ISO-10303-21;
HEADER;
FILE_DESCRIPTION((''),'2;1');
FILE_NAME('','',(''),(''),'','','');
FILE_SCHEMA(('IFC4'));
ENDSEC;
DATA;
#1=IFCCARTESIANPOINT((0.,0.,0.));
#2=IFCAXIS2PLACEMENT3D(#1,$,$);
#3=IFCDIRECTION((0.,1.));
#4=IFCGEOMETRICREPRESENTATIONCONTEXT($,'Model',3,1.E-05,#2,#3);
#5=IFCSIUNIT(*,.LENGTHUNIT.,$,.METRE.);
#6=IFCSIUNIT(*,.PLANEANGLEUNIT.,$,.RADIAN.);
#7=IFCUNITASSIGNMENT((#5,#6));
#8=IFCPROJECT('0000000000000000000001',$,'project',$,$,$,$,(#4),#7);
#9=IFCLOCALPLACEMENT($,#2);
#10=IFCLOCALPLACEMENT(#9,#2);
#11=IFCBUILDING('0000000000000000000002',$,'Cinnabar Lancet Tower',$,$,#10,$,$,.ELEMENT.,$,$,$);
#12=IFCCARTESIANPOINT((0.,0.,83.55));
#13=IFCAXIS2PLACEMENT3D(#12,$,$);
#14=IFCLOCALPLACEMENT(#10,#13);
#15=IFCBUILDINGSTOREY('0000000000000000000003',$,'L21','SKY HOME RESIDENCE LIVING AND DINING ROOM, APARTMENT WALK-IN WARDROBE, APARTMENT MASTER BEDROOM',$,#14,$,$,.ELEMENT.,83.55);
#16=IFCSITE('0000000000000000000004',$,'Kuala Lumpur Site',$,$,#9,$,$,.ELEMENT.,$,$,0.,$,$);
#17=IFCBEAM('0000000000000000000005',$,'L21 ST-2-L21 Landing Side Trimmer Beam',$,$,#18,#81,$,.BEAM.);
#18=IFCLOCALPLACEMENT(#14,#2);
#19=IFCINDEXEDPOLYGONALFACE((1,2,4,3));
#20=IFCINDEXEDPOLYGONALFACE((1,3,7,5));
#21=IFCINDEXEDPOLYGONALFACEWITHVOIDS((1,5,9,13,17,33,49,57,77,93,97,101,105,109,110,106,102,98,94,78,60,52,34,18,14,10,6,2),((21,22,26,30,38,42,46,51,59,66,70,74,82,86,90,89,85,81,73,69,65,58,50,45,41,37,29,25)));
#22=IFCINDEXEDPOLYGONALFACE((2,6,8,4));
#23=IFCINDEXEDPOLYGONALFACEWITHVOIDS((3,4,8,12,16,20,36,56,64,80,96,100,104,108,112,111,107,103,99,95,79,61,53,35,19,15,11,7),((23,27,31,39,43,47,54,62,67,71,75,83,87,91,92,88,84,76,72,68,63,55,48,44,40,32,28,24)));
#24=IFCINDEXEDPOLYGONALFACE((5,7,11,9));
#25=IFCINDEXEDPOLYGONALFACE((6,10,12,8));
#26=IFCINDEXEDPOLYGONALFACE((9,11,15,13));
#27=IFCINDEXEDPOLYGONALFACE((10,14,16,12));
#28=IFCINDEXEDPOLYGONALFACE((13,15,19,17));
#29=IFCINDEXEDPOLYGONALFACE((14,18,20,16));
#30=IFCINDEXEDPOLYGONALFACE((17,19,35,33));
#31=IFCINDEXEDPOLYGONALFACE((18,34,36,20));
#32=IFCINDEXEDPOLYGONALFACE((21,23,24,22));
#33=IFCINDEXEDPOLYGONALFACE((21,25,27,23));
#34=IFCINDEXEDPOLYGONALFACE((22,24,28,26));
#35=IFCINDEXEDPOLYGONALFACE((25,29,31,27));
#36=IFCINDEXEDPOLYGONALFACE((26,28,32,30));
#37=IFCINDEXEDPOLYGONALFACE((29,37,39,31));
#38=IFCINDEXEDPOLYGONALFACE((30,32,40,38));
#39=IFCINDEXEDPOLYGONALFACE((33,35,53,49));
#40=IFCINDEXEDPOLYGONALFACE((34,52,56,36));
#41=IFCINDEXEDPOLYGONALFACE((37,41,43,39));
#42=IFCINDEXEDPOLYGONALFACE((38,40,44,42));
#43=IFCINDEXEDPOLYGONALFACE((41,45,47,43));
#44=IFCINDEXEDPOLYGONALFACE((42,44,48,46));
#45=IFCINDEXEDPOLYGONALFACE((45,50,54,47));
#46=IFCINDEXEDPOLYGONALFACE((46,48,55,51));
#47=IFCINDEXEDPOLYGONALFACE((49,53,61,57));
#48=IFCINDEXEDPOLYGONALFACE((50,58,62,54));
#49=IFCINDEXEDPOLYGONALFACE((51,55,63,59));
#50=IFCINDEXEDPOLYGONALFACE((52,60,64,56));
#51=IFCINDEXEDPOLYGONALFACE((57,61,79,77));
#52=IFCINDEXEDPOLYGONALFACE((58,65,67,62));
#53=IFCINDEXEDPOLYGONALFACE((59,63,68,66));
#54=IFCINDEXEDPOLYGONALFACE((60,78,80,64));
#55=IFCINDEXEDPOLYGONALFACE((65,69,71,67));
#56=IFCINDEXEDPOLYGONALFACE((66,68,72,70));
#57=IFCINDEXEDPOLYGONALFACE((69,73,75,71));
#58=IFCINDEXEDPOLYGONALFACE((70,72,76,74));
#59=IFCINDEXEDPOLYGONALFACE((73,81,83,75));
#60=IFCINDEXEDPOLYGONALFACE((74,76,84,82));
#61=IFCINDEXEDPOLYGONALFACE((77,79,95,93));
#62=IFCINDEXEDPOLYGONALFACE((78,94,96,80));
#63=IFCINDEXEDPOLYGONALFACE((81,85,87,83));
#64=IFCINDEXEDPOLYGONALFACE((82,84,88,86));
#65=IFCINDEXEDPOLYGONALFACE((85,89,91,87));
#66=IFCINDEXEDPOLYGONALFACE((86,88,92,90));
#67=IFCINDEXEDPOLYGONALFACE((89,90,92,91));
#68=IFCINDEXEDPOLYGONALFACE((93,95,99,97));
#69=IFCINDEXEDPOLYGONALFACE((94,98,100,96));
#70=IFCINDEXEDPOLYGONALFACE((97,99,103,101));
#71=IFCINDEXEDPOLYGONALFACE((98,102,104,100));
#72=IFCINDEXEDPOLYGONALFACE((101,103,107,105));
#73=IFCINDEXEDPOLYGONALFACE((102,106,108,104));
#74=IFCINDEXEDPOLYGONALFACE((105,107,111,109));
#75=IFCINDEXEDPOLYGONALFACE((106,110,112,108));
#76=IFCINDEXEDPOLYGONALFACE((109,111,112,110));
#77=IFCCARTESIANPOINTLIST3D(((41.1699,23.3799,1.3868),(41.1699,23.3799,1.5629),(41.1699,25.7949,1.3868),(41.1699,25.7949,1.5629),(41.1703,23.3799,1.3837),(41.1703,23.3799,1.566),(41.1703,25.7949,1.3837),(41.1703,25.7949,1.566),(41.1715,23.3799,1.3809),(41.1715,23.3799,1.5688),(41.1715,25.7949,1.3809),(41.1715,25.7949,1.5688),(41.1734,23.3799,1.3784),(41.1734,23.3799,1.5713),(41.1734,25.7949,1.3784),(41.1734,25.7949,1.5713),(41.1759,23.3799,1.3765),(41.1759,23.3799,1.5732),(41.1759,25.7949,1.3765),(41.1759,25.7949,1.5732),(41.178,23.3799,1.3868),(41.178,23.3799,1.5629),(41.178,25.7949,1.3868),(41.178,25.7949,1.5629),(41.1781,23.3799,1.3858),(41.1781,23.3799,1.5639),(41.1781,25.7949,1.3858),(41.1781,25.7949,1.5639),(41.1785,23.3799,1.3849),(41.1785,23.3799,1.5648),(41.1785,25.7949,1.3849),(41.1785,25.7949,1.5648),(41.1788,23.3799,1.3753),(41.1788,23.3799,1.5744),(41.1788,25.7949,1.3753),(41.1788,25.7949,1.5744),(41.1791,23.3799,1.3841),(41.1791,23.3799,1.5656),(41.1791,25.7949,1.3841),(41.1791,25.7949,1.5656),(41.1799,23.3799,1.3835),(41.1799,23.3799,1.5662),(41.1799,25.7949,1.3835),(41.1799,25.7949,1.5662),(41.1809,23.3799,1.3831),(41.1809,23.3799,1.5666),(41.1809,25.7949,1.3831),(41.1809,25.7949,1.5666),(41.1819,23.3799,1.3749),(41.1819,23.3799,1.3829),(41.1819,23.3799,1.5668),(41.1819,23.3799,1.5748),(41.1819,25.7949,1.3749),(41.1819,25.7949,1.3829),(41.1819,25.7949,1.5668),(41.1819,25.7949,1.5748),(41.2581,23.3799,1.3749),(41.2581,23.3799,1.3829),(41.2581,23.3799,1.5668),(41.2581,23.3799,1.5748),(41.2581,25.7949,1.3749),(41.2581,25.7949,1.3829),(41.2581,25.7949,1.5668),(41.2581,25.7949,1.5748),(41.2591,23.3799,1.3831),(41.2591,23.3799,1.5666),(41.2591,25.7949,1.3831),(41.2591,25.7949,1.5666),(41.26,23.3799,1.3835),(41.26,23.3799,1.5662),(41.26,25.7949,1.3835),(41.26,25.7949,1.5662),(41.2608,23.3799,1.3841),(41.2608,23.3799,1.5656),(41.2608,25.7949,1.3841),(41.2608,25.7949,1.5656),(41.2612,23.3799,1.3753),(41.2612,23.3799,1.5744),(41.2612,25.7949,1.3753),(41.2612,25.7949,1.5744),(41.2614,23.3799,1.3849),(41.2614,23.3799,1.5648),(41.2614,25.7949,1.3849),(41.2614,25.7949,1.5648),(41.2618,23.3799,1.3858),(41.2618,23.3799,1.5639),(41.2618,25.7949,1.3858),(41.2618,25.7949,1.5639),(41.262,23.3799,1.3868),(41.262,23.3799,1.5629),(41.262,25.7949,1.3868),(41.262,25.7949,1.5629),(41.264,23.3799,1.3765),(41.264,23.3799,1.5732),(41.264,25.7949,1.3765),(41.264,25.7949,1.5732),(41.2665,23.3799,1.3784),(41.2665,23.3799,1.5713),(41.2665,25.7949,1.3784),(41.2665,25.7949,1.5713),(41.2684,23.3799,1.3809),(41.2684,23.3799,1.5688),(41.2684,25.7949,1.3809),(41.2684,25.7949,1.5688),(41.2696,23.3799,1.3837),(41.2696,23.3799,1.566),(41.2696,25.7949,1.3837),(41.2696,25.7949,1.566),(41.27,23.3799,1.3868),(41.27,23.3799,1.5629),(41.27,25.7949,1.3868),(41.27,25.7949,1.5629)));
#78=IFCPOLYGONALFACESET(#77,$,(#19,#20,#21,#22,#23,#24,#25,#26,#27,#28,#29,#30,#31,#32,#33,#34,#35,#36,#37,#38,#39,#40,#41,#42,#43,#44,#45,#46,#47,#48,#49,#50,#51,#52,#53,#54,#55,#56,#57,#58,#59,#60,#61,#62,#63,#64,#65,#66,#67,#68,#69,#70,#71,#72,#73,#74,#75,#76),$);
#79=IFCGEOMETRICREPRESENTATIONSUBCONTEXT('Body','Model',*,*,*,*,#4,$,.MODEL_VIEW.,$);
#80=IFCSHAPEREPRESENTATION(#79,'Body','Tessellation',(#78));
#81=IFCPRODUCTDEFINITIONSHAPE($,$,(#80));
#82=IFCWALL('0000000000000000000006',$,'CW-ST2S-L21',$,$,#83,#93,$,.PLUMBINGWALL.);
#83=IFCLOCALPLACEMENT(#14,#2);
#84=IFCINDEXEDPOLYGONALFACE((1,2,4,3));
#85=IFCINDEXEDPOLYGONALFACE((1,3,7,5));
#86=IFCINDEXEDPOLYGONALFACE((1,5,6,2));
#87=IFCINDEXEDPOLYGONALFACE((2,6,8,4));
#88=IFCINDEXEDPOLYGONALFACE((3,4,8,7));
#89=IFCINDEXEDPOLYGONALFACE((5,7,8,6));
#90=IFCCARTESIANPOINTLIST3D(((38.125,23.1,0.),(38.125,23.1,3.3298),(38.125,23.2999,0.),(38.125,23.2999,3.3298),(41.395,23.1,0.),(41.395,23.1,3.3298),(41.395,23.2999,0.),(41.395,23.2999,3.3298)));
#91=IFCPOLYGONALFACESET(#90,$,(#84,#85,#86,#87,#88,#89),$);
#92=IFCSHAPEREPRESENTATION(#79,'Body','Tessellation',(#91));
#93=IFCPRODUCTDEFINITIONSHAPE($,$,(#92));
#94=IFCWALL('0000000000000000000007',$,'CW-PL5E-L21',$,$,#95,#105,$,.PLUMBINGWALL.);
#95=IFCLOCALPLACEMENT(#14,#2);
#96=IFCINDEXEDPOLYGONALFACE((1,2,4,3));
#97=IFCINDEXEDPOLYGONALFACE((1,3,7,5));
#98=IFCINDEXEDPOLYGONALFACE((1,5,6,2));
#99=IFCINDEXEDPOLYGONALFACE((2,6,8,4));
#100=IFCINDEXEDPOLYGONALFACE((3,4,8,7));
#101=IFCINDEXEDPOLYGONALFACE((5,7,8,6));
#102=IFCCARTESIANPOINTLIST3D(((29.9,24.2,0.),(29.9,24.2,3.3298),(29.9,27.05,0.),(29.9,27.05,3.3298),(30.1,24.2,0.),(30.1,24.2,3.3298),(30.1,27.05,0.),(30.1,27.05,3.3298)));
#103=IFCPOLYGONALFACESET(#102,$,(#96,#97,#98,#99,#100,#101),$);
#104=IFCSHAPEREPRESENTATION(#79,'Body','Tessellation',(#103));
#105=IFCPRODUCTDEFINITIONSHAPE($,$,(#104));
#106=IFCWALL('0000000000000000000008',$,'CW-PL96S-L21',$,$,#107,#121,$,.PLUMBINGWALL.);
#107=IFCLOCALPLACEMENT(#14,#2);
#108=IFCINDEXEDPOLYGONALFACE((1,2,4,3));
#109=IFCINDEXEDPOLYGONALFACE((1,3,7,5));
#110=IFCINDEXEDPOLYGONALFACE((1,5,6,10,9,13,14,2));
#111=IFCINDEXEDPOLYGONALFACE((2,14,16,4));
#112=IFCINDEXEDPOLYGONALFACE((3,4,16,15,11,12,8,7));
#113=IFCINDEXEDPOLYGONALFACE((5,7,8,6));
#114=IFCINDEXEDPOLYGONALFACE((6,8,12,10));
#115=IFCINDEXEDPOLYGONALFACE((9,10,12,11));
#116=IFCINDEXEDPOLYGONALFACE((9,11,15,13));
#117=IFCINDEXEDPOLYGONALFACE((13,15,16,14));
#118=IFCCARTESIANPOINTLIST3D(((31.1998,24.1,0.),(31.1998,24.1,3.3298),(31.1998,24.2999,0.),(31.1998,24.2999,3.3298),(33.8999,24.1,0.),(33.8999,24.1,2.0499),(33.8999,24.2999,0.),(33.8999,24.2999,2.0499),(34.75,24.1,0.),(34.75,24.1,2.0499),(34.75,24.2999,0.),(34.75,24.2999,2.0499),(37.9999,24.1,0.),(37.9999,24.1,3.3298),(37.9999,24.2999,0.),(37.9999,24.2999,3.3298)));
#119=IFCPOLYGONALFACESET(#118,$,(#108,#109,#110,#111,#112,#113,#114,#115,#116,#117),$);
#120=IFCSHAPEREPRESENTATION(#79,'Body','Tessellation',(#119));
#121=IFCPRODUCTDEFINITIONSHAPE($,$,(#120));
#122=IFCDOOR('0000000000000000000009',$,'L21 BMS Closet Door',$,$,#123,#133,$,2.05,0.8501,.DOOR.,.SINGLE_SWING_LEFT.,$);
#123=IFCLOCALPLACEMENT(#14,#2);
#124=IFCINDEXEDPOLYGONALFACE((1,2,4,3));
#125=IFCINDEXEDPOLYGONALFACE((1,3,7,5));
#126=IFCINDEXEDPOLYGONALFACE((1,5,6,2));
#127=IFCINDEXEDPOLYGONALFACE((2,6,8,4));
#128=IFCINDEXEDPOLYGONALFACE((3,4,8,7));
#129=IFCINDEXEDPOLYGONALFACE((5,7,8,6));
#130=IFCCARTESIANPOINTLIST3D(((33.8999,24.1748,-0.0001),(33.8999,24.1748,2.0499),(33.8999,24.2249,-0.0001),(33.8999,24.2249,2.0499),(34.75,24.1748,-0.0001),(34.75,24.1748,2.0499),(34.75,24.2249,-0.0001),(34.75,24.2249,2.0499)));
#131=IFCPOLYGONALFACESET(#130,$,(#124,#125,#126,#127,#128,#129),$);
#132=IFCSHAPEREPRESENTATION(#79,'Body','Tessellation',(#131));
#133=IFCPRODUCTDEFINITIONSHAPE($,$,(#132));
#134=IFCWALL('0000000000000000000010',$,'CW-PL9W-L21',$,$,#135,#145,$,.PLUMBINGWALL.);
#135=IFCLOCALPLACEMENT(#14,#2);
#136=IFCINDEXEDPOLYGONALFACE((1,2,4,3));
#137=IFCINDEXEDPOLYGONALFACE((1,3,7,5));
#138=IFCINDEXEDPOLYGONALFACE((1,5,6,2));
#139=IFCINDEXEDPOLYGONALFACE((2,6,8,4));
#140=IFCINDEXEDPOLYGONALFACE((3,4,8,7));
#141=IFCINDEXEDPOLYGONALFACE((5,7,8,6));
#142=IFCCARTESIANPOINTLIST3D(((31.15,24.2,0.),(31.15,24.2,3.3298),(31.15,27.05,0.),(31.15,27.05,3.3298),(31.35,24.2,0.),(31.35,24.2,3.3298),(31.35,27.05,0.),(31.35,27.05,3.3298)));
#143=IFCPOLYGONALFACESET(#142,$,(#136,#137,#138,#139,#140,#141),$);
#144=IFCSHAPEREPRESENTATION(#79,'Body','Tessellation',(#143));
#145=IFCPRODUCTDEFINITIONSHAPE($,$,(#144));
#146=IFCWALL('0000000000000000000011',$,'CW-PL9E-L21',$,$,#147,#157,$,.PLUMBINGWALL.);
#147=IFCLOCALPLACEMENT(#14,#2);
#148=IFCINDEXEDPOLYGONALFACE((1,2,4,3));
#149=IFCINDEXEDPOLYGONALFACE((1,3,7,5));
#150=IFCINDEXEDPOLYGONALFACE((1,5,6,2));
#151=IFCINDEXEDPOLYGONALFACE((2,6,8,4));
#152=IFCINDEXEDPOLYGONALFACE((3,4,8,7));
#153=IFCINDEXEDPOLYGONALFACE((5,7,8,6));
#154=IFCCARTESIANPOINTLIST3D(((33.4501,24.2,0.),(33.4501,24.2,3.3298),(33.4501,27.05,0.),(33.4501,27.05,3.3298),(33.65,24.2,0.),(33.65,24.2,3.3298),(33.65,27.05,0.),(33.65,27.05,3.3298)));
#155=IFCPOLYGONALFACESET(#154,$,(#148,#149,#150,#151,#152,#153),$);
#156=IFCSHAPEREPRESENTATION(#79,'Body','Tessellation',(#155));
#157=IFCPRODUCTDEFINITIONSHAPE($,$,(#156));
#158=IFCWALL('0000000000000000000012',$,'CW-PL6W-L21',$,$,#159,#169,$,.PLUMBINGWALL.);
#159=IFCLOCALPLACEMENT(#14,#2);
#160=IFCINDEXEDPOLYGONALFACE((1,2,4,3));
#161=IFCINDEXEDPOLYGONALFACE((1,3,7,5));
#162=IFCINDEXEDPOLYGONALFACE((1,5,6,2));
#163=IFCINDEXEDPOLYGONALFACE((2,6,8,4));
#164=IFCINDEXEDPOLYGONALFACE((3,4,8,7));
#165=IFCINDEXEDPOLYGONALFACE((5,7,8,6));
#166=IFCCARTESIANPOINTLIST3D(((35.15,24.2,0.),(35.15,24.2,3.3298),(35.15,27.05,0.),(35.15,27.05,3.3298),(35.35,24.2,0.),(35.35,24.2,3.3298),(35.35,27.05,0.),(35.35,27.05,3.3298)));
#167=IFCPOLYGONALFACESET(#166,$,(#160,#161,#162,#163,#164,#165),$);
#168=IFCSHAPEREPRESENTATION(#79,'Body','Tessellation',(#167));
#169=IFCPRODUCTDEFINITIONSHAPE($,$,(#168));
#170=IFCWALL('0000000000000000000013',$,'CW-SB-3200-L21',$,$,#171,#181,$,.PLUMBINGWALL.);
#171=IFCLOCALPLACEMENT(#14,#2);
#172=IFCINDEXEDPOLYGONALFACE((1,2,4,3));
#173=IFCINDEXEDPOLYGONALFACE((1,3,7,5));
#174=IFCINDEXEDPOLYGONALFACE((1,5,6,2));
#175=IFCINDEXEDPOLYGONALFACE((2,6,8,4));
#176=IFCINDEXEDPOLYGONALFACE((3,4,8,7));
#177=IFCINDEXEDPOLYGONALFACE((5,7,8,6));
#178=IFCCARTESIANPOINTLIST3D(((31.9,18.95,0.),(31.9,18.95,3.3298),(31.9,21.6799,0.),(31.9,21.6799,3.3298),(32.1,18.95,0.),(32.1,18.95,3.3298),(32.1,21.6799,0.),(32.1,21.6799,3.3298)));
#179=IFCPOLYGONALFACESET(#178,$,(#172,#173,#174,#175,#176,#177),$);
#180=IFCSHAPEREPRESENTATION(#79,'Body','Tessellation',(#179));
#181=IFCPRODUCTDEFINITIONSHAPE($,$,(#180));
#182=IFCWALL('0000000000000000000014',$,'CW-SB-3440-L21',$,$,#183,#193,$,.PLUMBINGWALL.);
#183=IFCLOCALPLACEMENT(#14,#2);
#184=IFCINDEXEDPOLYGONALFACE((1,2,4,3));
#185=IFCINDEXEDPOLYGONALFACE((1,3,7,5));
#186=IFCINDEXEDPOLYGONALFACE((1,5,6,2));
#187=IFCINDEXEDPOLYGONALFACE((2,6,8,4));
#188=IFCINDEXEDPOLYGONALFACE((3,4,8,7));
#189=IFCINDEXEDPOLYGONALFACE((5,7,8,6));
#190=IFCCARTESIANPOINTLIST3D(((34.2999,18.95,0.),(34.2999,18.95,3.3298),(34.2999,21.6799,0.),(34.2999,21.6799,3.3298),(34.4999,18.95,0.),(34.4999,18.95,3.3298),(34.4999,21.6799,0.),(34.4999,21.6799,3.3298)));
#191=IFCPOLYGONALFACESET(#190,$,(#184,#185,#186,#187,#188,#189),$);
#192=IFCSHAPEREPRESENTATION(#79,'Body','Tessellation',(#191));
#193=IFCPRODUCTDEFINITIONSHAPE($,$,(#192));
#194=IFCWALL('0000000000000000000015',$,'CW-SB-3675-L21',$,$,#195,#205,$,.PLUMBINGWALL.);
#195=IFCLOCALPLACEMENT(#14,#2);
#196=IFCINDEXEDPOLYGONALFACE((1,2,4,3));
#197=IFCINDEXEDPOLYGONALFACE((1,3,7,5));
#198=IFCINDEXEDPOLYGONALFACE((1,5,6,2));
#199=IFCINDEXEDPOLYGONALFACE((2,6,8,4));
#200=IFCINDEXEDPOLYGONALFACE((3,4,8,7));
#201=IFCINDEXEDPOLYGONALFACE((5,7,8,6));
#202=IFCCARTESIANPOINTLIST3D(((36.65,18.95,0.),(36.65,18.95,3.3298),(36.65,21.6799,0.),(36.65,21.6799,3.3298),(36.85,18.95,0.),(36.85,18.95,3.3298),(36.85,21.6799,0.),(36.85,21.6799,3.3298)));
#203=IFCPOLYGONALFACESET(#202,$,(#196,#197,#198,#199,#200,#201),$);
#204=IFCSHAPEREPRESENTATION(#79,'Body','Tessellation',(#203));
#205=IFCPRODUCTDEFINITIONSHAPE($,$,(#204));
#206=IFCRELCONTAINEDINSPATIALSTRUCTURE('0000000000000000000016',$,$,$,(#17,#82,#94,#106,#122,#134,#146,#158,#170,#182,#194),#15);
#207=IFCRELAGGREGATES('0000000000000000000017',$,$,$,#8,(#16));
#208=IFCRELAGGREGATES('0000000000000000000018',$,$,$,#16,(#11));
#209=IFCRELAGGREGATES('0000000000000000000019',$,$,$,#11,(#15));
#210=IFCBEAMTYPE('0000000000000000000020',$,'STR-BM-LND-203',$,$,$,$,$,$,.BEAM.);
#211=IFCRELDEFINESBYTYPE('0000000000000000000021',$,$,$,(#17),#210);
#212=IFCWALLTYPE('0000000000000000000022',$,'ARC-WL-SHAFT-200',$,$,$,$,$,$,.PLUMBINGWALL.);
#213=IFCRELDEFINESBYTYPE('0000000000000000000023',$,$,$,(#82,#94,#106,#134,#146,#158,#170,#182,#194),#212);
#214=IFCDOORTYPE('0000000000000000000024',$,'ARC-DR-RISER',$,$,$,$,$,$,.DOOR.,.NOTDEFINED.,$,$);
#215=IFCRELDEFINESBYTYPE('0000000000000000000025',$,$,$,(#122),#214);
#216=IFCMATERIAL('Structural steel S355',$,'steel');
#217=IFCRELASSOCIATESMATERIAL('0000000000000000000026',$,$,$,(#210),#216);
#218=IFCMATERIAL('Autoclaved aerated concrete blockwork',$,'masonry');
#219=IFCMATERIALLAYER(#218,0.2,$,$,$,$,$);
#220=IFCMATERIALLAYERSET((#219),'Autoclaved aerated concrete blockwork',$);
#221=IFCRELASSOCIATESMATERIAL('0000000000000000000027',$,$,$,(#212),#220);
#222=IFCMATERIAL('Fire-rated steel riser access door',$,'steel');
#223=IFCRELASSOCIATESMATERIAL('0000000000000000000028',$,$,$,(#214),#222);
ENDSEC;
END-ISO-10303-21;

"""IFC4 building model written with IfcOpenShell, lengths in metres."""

from ifc_helpers import new_model, si_unit, direction, frame, frame_2d, origin, origin_2d, place, context, subcontext, project, spatial, rectangle, hollow_rectangle, extrude, material, layer, layer_set, material_profile, profile_set, type_object, element, fill, save


model = new_model("IFC4")

# Units and contexts
model_context = context("Model", 3, precision=1e-05, world=origin(), true_north=direction((0.0, 1.0)))
body_context = subcontext(model_context, "Body", "Model", "MODEL_VIEW")
ifc_project = project(units=[si_unit("LENGTHUNIT", "METRE"), si_unit("PLANEANGLEUNIT", "RADIAN")], contexts=[model_context])

# Site, building, storey
site_placement = place(None, origin())
site = spatial("IfcSite", under=ifc_project, at=site_placement, Name="Kuala Lumpur Site", CompositionType="ELEMENT", RefElevation=0.0)
building_placement = place(site_placement, origin())
building = spatial("IfcBuilding", under=site, at=building_placement, Name="Cinnabar Lancet Tower", CompositionType="ELEMENT")
storey_placement = place(building_placement, frame((0.0, 0.0, 83.55)))
storey = spatial("IfcBuildingStorey", under=building, at=storey_placement, Name="L21", Description="SKY HOME RESIDENCE LIVING AND DINING ROOM, APARTMENT WALK-IN WARDROBE, APARTMENT MASTER BEDROOM", CompositionType="ELEMENT", Elevation=83.55)

# Beam
ifc_material_1 = material(Name="Structural steel S355", Category="steel")
ifc_material_profile_1 = material_profile(ifc_material_1, hollow_rectangle(XDim=0.1001, YDim=0.2, WallThickness=0.0081, InnerFilletRadius=0.0039, OuterFilletRadius=0.012, at=origin_2d()), Name="RHS 200x100x8")
ifc_profile_set_1 = profile_set([ifc_material_profile_1], Name="Structural steel S355")
beam_type = type_object("IfcBeamType", Name="STR-BM-LND-203", PredefinedType="BEAM", material=ifc_profile_set_1)
beam_placement = place(storey_placement, frame((41.22, 23.3799, 1.4749), z_axis=(0.0, 1.0, 0.0), x_axis=(-1.0, 0.0, 0.0)))
element("IfcBeam", 1, at=beam_placement, inside=storey, type_object=beam_type, Name="L21 ST-2-L21 Landing Side Trimmer Beam", PredefinedType="BEAM", context=body_context, shape_type="SweptSolid", body=[
    extrude(hollow_rectangle(XDim=0.1001, YDim=0.2, WallThickness=0.0081, InnerFilletRadius=0.0039, OuterFilletRadius=0.012, at=origin_2d()), origin(), (0.0, 0.0, 1.0), 2.415),
])

# Walls
ifc_material_2 = material(Name="Autoclaved aerated concrete blockwork", Category="masonry")
ifc_layer_1 = layer(ifc_material_2, 0.2)
ifc_layer_set_1 = layer_set([ifc_layer_1], Name="Autoclaved aerated concrete blockwork")
wall_type_1 = type_object("IfcWallType", Name="ARC-WL-SHAFT-200", PredefinedType="PLUMBINGWALL", material=ifc_layer_set_1)
wall_1_placement = place(storey_placement, frame((38.125, 23.2, 0.0), z_axis=(0.0, 0.0, 1.0), x_axis=(1.0, 0.0, 0.0)))
element("IfcWall", 2, at=wall_1_placement, inside=storey, type_object=wall_type_1, Name="CW-ST2S-L21", PredefinedType="PLUMBINGWALL", context=body_context, shape_type="SweptSolid", body=[
    extrude(rectangle(XDim=3.27, YDim=0.2, at=frame_2d((1.635, 0.0))), origin(), (0.0, 0.0, 1.0), 3.3298),
])
wall_2_placement = place(storey_placement, frame((30.0, 24.2, 0.0), z_axis=(0.0, 0.0, 1.0), x_axis=(0.0, 1.0, 0.0)))
element("IfcWall", 3, at=wall_2_placement, inside=storey, type_object=wall_type_1, Name="CW-PL5E-L21", PredefinedType="PLUMBINGWALL", context=body_context, shape_type="SweptSolid", body=[
    extrude(rectangle(XDim=2.8501, YDim=0.2, at=frame_2d((1.425, 0.0))), origin(), (0.0, 0.0, 1.0), 3.3298),
])

# Wall, opening, door
wall_3_placement = place(storey_placement, frame((31.2, 24.2, 0.0), z_axis=(0.0, 0.0, 1.0), x_axis=(1.0, 0.0, 0.0)))
wall_3 = element("IfcWall", 4, at=wall_3_placement, inside=storey, type_object=wall_type_1, Name="CW-PL96S-L21", PredefinedType="PLUMBINGWALL", context=body_context, shape_type="SweptSolid", body=[
    extrude(rectangle(XDim=6.8, YDim=0.2, at=frame_2d((3.3999, 0.0))), origin(), (0.0, 0.0, 1.0), 3.3298),
])
opening_1_placement = place(wall_3_placement, frame((2.7, 0.0, 0.0)))
opening_1 = element("IfcOpeningElement", 5, at=opening_1_placement, cuts=wall_3, PredefinedType="OPENING", context=body_context, shape_type="SweptSolid", body=[
    extrude(rectangle(XDim=0.8501, YDim=2.05, at=frame_2d((0.425, 1.0249))), frame((0.0, 0.1099, 0.0), z_axis=(0.0, -1.0, 0.0), x_axis=(1.0, 0.0, 0.0)), (0.0, 0.0, 1.0), 0.22),
])
ifc_material_3 = material(Name="Fire-rated steel riser access door", Category="steel")
door_type_1 = type_object("IfcDoorType", Name="ARC-DR-RISER", OperationType="NOTDEFINED", PredefinedType="DOOR", material=ifc_material_3)
door_1_placement = place(opening_1_placement, origin())
door_1 = element("IfcDoor", 6, at=door_1_placement, inside=storey, type_object=door_type_1, Name="L21 BMS Closet Door", OperationType="SINGLE_SWING_LEFT", OverallHeight=2.05, OverallWidth=0.8501, PredefinedType="DOOR", context=body_context, shape_type="SweptSolid", body=[
    extrude(rectangle(XDim=0.8501, YDim=2.05, at=frame_2d((0.425, 1.0249))), frame((0.0, 0.0249, 0.0), z_axis=(0.0, -1.0, 0.0), x_axis=(1.0, 0.0, 0.0)), (0.0, 0.0, 1.0), 0.05),
])
fill(opening_1, door_1)

# Walls
for number, where, z_axis, x_axis, name in (
    (7, (31.25, 24.2, 0.0), (0.0, 0.0, 1.0), (0.0, 1.0, 0.0), "CW-PL9W-L21"),
    (8, (33.55, 24.2, 0.0), (0.0, 0.0, 1.0), (0.0, 1.0, 0.0), "CW-PL9E-L21"),
    (9, (35.25, 24.2, 0.0), (0.0, 0.0, 1.0), (0.0, 1.0, 0.0), "CW-PL6W-L21"),
):
    element("IfcWall", number, at=place(storey_placement, frame(where, z_axis=z_axis, x_axis=x_axis)), inside=storey, type_object=wall_type_1, Name=name, PredefinedType="PLUMBINGWALL", context=body_context, shape_type="SweptSolid", body=[
        extrude(rectangle(XDim=2.8501, YDim=0.2, at=frame_2d((1.425, 0.0))), origin(), (0.0, 0.0, 1.0), 3.3298),
    ])
for number, where, z_axis, x_axis, name in (
    (10, (32.0, 18.95, 0.0), (0.0, 0.0, 1.0), (0.0, 1.0, 0.0), "CW-SB-3200-L21"),
    (11, (34.3999, 18.95, 0.0), (0.0, 0.0, 1.0), (0.0, 1.0, 0.0), "CW-SB-3440-L21"),
    (12, (36.75, 18.95, 0.0), (0.0, 0.0, 1.0), (0.0, 1.0, 0.0), "CW-SB-3675-L21"),
):
    element("IfcWall", number, at=place(storey_placement, frame(where, z_axis=z_axis, x_axis=x_axis)), inside=storey, type_object=wall_type_1, Name=name, PredefinedType="PLUMBINGWALL", context=body_context, shape_type="SweptSolid", body=[
        extrude(rectangle(XDim=2.73, YDim=0.2, at=frame_2d((1.365, 0.0))), origin(), (0.0, 0.0, 1.0), 3.3298),
    ])

save(model, "model.ifc")
